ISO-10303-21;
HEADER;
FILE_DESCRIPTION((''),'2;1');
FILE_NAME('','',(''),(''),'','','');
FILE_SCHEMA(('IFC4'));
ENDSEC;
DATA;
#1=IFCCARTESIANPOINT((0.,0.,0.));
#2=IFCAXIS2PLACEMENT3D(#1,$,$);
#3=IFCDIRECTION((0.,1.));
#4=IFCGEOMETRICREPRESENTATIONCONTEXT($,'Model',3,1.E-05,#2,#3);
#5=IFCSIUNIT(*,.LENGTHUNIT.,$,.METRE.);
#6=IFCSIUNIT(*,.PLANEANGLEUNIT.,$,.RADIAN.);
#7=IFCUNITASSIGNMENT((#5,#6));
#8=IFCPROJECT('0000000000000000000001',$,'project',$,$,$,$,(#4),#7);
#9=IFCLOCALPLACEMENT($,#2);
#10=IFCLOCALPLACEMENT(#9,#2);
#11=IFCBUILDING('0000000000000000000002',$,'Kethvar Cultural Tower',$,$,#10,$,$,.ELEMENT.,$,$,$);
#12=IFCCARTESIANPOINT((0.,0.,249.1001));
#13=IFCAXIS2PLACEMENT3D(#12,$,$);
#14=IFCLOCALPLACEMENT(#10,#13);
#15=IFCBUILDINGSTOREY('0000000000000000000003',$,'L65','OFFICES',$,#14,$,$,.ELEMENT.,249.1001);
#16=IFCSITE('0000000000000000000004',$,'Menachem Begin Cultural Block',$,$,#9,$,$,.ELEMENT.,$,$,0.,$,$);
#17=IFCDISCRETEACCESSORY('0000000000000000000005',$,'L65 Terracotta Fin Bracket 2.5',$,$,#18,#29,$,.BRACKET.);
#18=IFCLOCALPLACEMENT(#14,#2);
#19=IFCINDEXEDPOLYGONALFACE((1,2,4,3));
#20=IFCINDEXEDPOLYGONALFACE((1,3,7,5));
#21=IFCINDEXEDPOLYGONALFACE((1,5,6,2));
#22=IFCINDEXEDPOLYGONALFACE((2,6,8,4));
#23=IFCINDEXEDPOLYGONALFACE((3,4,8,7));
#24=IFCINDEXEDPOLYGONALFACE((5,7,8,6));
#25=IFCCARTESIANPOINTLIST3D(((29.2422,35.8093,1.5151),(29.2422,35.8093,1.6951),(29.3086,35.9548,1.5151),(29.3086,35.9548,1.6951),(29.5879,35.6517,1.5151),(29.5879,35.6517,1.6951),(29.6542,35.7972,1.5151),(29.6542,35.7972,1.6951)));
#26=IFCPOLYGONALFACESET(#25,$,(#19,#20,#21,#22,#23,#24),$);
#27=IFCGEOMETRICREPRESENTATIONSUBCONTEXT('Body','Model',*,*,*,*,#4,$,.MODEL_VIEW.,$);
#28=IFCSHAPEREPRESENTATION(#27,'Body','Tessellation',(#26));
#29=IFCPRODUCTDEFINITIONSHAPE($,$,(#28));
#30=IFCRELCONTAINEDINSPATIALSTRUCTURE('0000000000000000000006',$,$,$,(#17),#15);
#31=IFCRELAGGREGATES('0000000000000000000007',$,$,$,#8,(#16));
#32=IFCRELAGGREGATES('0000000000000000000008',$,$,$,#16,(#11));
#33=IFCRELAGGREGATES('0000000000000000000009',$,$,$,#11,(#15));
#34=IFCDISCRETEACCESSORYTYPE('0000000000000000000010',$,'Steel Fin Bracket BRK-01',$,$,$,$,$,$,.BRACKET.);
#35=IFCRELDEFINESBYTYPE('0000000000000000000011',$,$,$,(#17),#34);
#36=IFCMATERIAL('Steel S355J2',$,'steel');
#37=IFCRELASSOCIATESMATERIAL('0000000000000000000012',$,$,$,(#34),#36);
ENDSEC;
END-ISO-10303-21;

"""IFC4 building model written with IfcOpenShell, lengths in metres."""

from ifc_helpers import new_model, si_unit, direction, frame, origin, origin_2d, place, context, subcontext, project, spatial, rectangle, extrude, source, transform, mapped, material, type_object, element, save


model = new_model("IFC4")

# Units and contexts
model_context = context("Model", 3, precision=1e-05, world=origin(), true_north=direction((0.0, 1.0)))
body_context = subcontext(model_context, "Body", "Model", "MODEL_VIEW")
ifc_project = project(units=[si_unit("LENGTHUNIT", "METRE"), si_unit("PLANEANGLEUNIT", "RADIAN")], contexts=[model_context])

# Site, building, storey
site_placement = place(None, origin())
site = spatial("IfcSite", under=ifc_project, at=site_placement, Name="Menachem Begin Cultural Block", CompositionType="ELEMENT", RefElevation=0.0)
building_placement = place(site_placement, origin())
building = spatial("IfcBuilding", under=site, at=building_placement, Name="Kethvar Cultural Tower", CompositionType="ELEMENT")
storey_placement = place(building_placement, frame((0.0, 0.0, 249.1001)))
storey = spatial("IfcBuildingStorey", under=building, at=storey_placement, Name="L65", Description="OFFICES", CompositionType="ELEMENT", Elevation=249.1001)

# Shared definitions
ifc_material_1 = material(Name="Steel S355J2", Category="steel")

# Discrete accessory
discrete_accessory_type = type_object("IfcDiscreteAccessoryType", Name="Steel Fin Bracket BRK-01", PredefinedType="BRACKET", material=ifc_material_1)
shared_shape_1 = source(origin(), body_context, "Body", "SweptSolid", [
    extrude(rectangle(XDim=0.3799, YDim=0.1599, at=origin_2d()), origin(), (0.0, 0.0, 1.0), 0.1799),
])
for number, where, z_axis, x_axis, name in (
    (1, (29.4482, 35.8032, 1.5151), (0.0, 0.0, 1.0), (-0.909889, 0.414852, 0.0), "L65 Terracotta Fin Bracket 2.5"),
):
    element("IfcDiscreteAccessory", number, at=place(storey_placement, frame(where, z_axis=z_axis, x_axis=x_axis)), inside=storey, type_object=discrete_accessory_type, Name=name, PredefinedType="BRACKET", context=body_context, shape_type="MappedRepresentation", body=[
        mapped(shared_shape_1, transform((0.0, 0.0, 0.0), scale=1.0)),
    ])

save(model, "model.ifc")
